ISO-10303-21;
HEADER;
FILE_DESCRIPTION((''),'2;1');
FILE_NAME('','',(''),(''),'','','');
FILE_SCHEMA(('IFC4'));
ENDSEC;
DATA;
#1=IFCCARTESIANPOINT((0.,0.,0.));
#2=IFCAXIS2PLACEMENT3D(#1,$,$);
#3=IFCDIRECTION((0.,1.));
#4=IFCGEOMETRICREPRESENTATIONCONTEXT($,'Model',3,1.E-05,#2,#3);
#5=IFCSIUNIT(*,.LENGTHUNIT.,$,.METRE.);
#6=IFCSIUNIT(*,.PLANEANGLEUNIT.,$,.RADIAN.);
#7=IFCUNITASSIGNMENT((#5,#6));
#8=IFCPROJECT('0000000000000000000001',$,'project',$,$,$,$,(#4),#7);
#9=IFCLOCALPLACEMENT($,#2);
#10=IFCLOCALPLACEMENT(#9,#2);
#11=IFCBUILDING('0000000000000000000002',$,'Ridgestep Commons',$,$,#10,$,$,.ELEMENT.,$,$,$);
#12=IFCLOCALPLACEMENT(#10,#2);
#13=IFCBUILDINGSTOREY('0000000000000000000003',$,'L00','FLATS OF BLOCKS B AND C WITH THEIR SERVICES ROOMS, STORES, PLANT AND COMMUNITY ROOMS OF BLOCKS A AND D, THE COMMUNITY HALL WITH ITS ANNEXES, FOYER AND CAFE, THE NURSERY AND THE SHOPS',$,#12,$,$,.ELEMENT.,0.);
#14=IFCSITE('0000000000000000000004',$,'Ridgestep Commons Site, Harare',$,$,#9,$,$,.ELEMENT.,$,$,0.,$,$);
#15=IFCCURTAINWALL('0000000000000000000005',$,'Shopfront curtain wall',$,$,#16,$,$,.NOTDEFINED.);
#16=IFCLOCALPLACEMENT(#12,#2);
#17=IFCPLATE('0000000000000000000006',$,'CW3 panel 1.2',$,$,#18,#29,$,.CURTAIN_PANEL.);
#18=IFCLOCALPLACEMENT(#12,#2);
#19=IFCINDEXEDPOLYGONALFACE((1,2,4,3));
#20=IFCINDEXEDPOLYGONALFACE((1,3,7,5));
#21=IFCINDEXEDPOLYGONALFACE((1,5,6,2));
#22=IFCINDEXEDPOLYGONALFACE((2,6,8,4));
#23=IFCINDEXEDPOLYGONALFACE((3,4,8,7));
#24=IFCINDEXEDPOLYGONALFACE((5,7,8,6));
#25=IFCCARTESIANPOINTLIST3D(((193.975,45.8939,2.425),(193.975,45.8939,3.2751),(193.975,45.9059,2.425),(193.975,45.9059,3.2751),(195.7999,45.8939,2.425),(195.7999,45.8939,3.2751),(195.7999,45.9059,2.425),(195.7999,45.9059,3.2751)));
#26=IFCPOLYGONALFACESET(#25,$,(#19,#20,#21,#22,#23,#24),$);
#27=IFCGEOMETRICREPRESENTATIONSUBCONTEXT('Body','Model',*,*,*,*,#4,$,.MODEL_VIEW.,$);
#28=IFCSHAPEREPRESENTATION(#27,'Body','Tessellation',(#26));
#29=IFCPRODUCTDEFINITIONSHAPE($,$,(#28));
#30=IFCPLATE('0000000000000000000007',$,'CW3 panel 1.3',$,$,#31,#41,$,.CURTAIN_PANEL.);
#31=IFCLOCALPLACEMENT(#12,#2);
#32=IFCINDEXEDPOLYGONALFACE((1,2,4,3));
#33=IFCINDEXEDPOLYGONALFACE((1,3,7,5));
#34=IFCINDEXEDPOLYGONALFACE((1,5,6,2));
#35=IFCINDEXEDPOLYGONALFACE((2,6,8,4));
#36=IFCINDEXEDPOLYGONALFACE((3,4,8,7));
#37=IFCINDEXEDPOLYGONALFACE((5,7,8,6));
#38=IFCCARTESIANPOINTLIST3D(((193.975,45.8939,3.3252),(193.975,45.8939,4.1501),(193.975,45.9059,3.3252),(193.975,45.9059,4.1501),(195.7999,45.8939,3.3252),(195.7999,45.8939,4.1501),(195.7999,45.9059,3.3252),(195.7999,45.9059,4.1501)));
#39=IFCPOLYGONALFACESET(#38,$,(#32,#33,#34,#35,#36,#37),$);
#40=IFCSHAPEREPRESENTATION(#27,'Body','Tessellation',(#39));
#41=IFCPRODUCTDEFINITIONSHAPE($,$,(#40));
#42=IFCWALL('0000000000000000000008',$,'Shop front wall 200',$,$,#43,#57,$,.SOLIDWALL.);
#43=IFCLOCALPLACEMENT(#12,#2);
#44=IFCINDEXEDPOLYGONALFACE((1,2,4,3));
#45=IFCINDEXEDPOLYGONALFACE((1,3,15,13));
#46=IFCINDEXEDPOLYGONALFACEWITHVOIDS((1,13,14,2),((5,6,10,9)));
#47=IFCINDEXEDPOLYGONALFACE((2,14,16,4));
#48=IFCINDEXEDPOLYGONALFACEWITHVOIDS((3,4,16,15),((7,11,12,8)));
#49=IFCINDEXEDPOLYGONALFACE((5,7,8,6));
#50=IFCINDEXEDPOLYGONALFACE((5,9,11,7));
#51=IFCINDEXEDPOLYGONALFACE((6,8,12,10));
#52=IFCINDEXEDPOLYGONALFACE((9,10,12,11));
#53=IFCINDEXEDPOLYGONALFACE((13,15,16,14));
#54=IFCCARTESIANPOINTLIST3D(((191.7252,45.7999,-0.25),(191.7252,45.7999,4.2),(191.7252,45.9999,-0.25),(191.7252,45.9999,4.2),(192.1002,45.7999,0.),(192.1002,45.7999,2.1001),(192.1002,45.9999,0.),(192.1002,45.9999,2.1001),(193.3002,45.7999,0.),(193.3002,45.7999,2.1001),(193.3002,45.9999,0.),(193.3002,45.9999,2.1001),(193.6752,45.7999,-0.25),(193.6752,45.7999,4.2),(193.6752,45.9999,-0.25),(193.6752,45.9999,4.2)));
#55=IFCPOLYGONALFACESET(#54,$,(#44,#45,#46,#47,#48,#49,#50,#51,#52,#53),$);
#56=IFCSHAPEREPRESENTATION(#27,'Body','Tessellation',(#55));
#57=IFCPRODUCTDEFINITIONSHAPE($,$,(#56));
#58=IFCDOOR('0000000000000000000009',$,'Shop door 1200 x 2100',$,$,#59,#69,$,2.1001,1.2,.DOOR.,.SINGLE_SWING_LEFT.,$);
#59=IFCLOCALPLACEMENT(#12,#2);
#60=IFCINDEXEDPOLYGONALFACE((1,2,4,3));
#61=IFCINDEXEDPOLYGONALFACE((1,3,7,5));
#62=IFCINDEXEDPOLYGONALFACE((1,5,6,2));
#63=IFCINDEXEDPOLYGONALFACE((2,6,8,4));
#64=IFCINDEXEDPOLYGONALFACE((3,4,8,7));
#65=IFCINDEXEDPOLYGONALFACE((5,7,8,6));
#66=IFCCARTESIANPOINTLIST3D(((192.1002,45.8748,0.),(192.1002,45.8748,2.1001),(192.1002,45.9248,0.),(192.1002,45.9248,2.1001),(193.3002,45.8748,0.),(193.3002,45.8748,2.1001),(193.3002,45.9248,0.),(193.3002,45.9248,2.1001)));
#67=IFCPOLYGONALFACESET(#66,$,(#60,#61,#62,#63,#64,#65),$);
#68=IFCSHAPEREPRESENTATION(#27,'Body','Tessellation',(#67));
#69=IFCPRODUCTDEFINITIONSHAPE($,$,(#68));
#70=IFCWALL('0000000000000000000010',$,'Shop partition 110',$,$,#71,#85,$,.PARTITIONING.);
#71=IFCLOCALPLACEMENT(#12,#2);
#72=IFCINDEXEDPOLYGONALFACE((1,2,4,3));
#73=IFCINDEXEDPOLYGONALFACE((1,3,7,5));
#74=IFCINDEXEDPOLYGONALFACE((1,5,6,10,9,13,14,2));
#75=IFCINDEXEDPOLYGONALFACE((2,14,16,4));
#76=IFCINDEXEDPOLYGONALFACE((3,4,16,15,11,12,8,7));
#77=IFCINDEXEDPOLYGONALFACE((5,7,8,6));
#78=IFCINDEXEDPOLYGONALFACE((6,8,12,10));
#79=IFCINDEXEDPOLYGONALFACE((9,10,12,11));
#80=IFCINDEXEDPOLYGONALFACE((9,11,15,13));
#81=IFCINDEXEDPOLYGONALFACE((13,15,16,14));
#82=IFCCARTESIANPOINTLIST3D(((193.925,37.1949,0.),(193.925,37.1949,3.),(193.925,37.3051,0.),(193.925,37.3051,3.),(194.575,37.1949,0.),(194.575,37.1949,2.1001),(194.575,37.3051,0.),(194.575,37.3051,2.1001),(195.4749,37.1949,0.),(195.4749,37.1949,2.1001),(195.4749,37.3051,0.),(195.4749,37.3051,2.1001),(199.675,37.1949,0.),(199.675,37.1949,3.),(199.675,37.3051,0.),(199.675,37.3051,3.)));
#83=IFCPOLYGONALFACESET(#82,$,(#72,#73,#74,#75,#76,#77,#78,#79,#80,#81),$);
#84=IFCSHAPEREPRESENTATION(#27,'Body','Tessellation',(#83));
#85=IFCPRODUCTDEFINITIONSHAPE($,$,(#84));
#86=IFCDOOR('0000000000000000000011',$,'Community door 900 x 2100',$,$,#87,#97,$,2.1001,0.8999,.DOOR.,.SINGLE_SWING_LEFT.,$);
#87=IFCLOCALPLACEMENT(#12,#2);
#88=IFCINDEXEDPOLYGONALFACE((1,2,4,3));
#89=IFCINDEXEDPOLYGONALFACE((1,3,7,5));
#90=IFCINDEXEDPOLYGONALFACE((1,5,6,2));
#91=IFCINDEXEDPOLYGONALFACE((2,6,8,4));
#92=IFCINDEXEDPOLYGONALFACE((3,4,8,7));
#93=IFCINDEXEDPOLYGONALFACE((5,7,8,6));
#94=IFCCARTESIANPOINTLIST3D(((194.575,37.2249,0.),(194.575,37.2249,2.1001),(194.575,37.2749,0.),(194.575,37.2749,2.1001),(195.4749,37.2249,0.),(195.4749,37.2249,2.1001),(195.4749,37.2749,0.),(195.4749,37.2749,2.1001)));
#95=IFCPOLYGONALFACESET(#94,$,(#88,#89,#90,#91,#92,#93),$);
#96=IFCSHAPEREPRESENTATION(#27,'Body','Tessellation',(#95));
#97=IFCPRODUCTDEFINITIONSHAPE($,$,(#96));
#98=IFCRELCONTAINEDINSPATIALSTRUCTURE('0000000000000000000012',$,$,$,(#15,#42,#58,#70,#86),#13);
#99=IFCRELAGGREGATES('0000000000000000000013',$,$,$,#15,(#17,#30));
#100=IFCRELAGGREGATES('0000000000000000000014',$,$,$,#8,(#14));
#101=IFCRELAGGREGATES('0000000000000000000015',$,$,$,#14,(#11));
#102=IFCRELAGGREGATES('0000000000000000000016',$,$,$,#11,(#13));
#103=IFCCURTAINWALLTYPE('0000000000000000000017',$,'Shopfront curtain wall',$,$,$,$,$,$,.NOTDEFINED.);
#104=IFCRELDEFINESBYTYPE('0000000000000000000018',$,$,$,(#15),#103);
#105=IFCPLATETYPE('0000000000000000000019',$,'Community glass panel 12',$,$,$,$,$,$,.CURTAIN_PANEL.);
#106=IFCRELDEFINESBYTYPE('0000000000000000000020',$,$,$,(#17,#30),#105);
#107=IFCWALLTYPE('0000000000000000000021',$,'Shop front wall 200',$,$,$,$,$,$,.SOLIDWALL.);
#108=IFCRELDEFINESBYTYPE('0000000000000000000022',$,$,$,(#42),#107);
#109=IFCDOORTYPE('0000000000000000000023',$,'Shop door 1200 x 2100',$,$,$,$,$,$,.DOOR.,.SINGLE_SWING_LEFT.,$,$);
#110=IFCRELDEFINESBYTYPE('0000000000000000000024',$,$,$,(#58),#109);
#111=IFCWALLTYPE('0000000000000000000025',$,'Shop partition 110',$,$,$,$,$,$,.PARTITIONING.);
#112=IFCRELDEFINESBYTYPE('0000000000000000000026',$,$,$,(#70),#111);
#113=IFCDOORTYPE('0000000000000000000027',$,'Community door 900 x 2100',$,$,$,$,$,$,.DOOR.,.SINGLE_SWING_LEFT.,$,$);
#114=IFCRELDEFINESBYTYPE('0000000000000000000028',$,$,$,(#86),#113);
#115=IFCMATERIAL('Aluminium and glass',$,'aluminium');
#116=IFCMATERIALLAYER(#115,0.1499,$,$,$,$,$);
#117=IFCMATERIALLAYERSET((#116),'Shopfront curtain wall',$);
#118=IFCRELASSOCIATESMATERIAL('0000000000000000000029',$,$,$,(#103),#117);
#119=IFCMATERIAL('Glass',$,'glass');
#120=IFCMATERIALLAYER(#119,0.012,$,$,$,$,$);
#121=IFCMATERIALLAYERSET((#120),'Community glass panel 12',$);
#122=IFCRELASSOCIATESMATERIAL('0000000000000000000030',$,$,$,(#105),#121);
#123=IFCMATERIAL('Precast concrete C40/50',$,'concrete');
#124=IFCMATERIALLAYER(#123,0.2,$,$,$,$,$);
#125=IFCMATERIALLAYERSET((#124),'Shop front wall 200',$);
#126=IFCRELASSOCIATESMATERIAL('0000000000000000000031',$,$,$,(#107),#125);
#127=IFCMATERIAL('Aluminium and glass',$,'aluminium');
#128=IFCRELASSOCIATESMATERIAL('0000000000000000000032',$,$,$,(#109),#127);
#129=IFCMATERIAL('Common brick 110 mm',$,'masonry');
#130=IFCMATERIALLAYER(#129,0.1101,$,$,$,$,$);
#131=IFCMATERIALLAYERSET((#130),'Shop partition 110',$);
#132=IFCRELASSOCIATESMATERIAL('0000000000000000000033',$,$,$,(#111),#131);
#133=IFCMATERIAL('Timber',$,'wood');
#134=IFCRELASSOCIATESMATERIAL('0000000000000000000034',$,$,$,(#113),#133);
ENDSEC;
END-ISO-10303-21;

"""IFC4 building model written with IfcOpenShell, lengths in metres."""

from ifc_helpers import new_model, si_unit, direction, frame, frame_2d, origin, origin_2d, place, context, subcontext, project, spatial, rectangle, extrude, material, layer, layer_set, type_object, element, fill, aggregate, save


model = new_model("IFC4")

# Units and contexts
model_context = context("Model", 3, precision=1e-05, world=origin(), true_north=direction((0.0, 1.0)))
body_context = subcontext(model_context, "Body", "Model", "MODEL_VIEW")
ifc_project = project(units=[si_unit("LENGTHUNIT", "METRE"), si_unit("PLANEANGLEUNIT", "RADIAN")], contexts=[model_context])

# Site, building, storey
site_placement = place(None, origin())
site = spatial("IfcSite", under=ifc_project, at=site_placement, Name="Ridgestep Commons Site, Harare", CompositionType="ELEMENT", RefElevation=0.0)
building_placement = place(site_placement, origin())
building = spatial("IfcBuilding", under=site, at=building_placement, Name="Ridgestep Commons", CompositionType="ELEMENT")
storey_placement = place(building_placement, origin())
storey = spatial("IfcBuildingStorey", under=building, at=storey_placement, Name="L00", Description="FLATS OF BLOCKS B AND C WITH THEIR SERVICES ROOMS, STORES, PLANT AND COMMUNITY ROOMS OF BLOCKS A AND D, THE COMMUNITY HALL WITH ITS ANNEXES, FOYER AND CAFE, THE NURSERY AND THE SHOPS", CompositionType="ELEMENT", Elevation=0.0)

# Curtain wall
ifc_material_1 = material(Name="Aluminium and glass", Category="aluminium")
ifc_layer_1 = layer(ifc_material_1, 0.1499)
ifc_layer_set_1 = layer_set([ifc_layer_1], Name="Shopfront curtain wall")
curtain_wall_type = type_object("IfcCurtainWallType", Name="Shopfront curtain wall", PredefinedType="NOTDEFINED", material=ifc_layer_set_1)
curtain_wall_1_placement = place(storey_placement, origin())
curtain_wall_1 = element("IfcCurtainWall", 1, at=curtain_wall_1_placement, inside=storey, type_object=curtain_wall_type, Name="Shopfront curtain wall", PredefinedType="NOTDEFINED")

# Plates
ifc_material_2 = material(Name="Glass", Category="glass")
ifc_layer_2 = layer(ifc_material_2, 0.012)
ifc_layer_set_2 = layer_set([ifc_layer_2], Name="Community glass panel 12")
plate_type = type_object("IfcPlateType", Name="Community glass panel 12", PredefinedType="CURTAIN_PANEL", material=ifc_layer_set_2)
plate_1_placement = place(storey_placement, frame((194.8875, 45.8999, 2.425), z_axis=(0.0, 0.0, 1.0), x_axis=(1.0, 0.0, 0.0)))
plate_1 = element("IfcPlate", 2, at=plate_1_placement, type_object=plate_type, Name="CW3 panel 1.2", PredefinedType="CURTAIN_PANEL", context=body_context, shape_type="SweptSolid", body=[
    extrude(rectangle(XDim=1.825, YDim=0.012, at=origin_2d()), origin(), (0.0, 0.0, 1.0), 0.8501),
])
plate_2_placement = place(storey_placement, frame((194.8875, 45.8999, 3.3252), z_axis=(0.0, 0.0, 1.0), x_axis=(1.0, 0.0, 0.0)))
plate_2 = element("IfcPlate", 3, at=plate_2_placement, type_object=plate_type, Name="CW3 panel 1.3", PredefinedType="CURTAIN_PANEL", context=body_context, shape_type="SweptSolid", body=[
    extrude(rectangle(XDim=1.825, YDim=0.012, at=origin_2d()), origin(), (0.0, 0.0, 1.0), 0.825),
])
aggregate(curtain_wall_1, [plate_1, plate_2])

# Walls, openings, doors
ifc_material_3 = material(Name="Precast concrete C40/50", Category="concrete")
ifc_layer_3 = layer(ifc_material_3, 0.2)
ifc_layer_set_3 = layer_set([ifc_layer_3], Name="Shop front wall 200")
wall_type_1 = type_object("IfcWallType", Name="Shop front wall 200", PredefinedType="SOLIDWALL", material=ifc_layer_set_3)
wall_1_placement = place(storey_placement, frame((191.7251, 45.8999, -0.25), z_axis=(0.0, 0.0, 1.0), x_axis=(1.0, 0.0, 0.0)))
wall_1 = element("IfcWall", 4, at=wall_1_placement, inside=storey, type_object=wall_type_1, Name="Shop front wall 200", PredefinedType="SOLIDWALL", context=body_context, shape_type="SweptSolid", body=[
    extrude(rectangle(XDim=1.95, YDim=0.2, at=frame_2d((0.9751, 0.0))), origin(), (0.0, 0.0, 1.0), 4.45),
])
opening_1_placement = place(wall_1_placement, frame((0.375, 0.0, 0.25)))
opening_1 = element("IfcOpeningElement", 5, at=opening_1_placement, cuts=wall_1, PredefinedType="OPENING", context=body_context, shape_type="SweptSolid", body=[
    extrude(rectangle(XDim=1.2, YDim=2.1001, at=frame_2d((0.6001, 1.05))), frame((0.0, 0.1099, 0.0), z_axis=(0.0, -1.0, 0.0), x_axis=(1.0, 0.0, 0.0)), (0.0, 0.0, 1.0), 0.22),
])
ifc_material_4 = material(Name="Aluminium and glass", Category="aluminium")
door_type_1 = type_object("IfcDoorType", Name="Shop door 1200 x 2100", OperationType="SINGLE_SWING_LEFT", PredefinedType="DOOR", material=ifc_material_4)
door_1_placement = place(opening_1_placement, origin())
door_1 = element("IfcDoor", 6, at=door_1_placement, inside=storey, type_object=door_type_1, Name="Shop door 1200 x 2100", OperationType="SINGLE_SWING_LEFT", OverallHeight=2.1001, OverallWidth=1.2, PredefinedType="DOOR", context=body_context, shape_type="SweptSolid", body=[
    extrude(rectangle(XDim=1.2, YDim=2.1001, at=frame_2d((0.6001, 1.05))), frame((0.0, 0.0249, 0.0), z_axis=(0.0, -1.0, 0.0), x_axis=(1.0, 0.0, 0.0)), (0.0, 0.0, 1.0), 0.05),
])
fill(opening_1, door_1)
ifc_material_5 = material(Name="Common brick 110 mm", Category="masonry")
ifc_layer_4 = layer(ifc_material_5, 0.1101)
ifc_layer_set_4 = layer_set([ifc_layer_4], Name="Shop partition 110")
wall_type_2 = type_object("IfcWallType", Name="Shop partition 110", PredefinedType="PARTITIONING", material=ifc_layer_set_4)
wall_2_placement = place(storey_placement, frame((193.925, 37.25, 0.0), z_axis=(0.0, 0.0, 1.0), x_axis=(1.0, 0.0, 0.0)))
wall_2 = element("IfcWall", 7, at=wall_2_placement, inside=storey, type_object=wall_type_2, Name="Shop partition 110", PredefinedType="PARTITIONING", context=body_context, shape_type="SweptSolid", body=[
    extrude(rectangle(XDim=5.75, YDim=0.1101, at=frame_2d((2.875, 0.0))), origin(), (0.0, 0.0, 1.0), 3.0),
])
opening_2_placement = place(wall_2_placement, frame((0.6499, 0.0, 0.0)))
opening_2 = element("IfcOpeningElement", 8, at=opening_2_placement, cuts=wall_2, PredefinedType="OPENING", context=body_context, shape_type="SweptSolid", body=[
    extrude(rectangle(XDim=0.8999, YDim=2.1001, at=frame_2d((0.45, 1.05))), frame((0.0, 0.0649, 0.0), z_axis=(0.0, -1.0, 0.0), x_axis=(1.0, 0.0, 0.0)), (0.0, 0.0, 1.0), 0.1301),
])
ifc_material_6 = material(Name="Timber", Category="wood")
door_type_2 = type_object("IfcDoorType", Name="Community door 900 x 2100", OperationType="SINGLE_SWING_LEFT", PredefinedType="DOOR", material=ifc_material_6)
door_2_placement = place(opening_2_placement, origin())
door_2 = element("IfcDoor", 9, at=door_2_placement, inside=storey, type_object=door_type_2, Name="Community door 900 x 2100", OperationType="SINGLE_SWING_LEFT", OverallHeight=2.1001, OverallWidth=0.8999, PredefinedType="DOOR", context=body_context, shape_type="SweptSolid", body=[
    extrude(rectangle(XDim=0.8999, YDim=2.1001, at=frame_2d((0.45, 1.05))), frame((0.0, 0.0249, 0.0), z_axis=(0.0, -1.0, 0.0), x_axis=(1.0, 0.0, 0.0)), (0.0, 0.0, 1.0), 0.05),
])
fill(opening_2, door_2)

save(model, "model.ifc")
